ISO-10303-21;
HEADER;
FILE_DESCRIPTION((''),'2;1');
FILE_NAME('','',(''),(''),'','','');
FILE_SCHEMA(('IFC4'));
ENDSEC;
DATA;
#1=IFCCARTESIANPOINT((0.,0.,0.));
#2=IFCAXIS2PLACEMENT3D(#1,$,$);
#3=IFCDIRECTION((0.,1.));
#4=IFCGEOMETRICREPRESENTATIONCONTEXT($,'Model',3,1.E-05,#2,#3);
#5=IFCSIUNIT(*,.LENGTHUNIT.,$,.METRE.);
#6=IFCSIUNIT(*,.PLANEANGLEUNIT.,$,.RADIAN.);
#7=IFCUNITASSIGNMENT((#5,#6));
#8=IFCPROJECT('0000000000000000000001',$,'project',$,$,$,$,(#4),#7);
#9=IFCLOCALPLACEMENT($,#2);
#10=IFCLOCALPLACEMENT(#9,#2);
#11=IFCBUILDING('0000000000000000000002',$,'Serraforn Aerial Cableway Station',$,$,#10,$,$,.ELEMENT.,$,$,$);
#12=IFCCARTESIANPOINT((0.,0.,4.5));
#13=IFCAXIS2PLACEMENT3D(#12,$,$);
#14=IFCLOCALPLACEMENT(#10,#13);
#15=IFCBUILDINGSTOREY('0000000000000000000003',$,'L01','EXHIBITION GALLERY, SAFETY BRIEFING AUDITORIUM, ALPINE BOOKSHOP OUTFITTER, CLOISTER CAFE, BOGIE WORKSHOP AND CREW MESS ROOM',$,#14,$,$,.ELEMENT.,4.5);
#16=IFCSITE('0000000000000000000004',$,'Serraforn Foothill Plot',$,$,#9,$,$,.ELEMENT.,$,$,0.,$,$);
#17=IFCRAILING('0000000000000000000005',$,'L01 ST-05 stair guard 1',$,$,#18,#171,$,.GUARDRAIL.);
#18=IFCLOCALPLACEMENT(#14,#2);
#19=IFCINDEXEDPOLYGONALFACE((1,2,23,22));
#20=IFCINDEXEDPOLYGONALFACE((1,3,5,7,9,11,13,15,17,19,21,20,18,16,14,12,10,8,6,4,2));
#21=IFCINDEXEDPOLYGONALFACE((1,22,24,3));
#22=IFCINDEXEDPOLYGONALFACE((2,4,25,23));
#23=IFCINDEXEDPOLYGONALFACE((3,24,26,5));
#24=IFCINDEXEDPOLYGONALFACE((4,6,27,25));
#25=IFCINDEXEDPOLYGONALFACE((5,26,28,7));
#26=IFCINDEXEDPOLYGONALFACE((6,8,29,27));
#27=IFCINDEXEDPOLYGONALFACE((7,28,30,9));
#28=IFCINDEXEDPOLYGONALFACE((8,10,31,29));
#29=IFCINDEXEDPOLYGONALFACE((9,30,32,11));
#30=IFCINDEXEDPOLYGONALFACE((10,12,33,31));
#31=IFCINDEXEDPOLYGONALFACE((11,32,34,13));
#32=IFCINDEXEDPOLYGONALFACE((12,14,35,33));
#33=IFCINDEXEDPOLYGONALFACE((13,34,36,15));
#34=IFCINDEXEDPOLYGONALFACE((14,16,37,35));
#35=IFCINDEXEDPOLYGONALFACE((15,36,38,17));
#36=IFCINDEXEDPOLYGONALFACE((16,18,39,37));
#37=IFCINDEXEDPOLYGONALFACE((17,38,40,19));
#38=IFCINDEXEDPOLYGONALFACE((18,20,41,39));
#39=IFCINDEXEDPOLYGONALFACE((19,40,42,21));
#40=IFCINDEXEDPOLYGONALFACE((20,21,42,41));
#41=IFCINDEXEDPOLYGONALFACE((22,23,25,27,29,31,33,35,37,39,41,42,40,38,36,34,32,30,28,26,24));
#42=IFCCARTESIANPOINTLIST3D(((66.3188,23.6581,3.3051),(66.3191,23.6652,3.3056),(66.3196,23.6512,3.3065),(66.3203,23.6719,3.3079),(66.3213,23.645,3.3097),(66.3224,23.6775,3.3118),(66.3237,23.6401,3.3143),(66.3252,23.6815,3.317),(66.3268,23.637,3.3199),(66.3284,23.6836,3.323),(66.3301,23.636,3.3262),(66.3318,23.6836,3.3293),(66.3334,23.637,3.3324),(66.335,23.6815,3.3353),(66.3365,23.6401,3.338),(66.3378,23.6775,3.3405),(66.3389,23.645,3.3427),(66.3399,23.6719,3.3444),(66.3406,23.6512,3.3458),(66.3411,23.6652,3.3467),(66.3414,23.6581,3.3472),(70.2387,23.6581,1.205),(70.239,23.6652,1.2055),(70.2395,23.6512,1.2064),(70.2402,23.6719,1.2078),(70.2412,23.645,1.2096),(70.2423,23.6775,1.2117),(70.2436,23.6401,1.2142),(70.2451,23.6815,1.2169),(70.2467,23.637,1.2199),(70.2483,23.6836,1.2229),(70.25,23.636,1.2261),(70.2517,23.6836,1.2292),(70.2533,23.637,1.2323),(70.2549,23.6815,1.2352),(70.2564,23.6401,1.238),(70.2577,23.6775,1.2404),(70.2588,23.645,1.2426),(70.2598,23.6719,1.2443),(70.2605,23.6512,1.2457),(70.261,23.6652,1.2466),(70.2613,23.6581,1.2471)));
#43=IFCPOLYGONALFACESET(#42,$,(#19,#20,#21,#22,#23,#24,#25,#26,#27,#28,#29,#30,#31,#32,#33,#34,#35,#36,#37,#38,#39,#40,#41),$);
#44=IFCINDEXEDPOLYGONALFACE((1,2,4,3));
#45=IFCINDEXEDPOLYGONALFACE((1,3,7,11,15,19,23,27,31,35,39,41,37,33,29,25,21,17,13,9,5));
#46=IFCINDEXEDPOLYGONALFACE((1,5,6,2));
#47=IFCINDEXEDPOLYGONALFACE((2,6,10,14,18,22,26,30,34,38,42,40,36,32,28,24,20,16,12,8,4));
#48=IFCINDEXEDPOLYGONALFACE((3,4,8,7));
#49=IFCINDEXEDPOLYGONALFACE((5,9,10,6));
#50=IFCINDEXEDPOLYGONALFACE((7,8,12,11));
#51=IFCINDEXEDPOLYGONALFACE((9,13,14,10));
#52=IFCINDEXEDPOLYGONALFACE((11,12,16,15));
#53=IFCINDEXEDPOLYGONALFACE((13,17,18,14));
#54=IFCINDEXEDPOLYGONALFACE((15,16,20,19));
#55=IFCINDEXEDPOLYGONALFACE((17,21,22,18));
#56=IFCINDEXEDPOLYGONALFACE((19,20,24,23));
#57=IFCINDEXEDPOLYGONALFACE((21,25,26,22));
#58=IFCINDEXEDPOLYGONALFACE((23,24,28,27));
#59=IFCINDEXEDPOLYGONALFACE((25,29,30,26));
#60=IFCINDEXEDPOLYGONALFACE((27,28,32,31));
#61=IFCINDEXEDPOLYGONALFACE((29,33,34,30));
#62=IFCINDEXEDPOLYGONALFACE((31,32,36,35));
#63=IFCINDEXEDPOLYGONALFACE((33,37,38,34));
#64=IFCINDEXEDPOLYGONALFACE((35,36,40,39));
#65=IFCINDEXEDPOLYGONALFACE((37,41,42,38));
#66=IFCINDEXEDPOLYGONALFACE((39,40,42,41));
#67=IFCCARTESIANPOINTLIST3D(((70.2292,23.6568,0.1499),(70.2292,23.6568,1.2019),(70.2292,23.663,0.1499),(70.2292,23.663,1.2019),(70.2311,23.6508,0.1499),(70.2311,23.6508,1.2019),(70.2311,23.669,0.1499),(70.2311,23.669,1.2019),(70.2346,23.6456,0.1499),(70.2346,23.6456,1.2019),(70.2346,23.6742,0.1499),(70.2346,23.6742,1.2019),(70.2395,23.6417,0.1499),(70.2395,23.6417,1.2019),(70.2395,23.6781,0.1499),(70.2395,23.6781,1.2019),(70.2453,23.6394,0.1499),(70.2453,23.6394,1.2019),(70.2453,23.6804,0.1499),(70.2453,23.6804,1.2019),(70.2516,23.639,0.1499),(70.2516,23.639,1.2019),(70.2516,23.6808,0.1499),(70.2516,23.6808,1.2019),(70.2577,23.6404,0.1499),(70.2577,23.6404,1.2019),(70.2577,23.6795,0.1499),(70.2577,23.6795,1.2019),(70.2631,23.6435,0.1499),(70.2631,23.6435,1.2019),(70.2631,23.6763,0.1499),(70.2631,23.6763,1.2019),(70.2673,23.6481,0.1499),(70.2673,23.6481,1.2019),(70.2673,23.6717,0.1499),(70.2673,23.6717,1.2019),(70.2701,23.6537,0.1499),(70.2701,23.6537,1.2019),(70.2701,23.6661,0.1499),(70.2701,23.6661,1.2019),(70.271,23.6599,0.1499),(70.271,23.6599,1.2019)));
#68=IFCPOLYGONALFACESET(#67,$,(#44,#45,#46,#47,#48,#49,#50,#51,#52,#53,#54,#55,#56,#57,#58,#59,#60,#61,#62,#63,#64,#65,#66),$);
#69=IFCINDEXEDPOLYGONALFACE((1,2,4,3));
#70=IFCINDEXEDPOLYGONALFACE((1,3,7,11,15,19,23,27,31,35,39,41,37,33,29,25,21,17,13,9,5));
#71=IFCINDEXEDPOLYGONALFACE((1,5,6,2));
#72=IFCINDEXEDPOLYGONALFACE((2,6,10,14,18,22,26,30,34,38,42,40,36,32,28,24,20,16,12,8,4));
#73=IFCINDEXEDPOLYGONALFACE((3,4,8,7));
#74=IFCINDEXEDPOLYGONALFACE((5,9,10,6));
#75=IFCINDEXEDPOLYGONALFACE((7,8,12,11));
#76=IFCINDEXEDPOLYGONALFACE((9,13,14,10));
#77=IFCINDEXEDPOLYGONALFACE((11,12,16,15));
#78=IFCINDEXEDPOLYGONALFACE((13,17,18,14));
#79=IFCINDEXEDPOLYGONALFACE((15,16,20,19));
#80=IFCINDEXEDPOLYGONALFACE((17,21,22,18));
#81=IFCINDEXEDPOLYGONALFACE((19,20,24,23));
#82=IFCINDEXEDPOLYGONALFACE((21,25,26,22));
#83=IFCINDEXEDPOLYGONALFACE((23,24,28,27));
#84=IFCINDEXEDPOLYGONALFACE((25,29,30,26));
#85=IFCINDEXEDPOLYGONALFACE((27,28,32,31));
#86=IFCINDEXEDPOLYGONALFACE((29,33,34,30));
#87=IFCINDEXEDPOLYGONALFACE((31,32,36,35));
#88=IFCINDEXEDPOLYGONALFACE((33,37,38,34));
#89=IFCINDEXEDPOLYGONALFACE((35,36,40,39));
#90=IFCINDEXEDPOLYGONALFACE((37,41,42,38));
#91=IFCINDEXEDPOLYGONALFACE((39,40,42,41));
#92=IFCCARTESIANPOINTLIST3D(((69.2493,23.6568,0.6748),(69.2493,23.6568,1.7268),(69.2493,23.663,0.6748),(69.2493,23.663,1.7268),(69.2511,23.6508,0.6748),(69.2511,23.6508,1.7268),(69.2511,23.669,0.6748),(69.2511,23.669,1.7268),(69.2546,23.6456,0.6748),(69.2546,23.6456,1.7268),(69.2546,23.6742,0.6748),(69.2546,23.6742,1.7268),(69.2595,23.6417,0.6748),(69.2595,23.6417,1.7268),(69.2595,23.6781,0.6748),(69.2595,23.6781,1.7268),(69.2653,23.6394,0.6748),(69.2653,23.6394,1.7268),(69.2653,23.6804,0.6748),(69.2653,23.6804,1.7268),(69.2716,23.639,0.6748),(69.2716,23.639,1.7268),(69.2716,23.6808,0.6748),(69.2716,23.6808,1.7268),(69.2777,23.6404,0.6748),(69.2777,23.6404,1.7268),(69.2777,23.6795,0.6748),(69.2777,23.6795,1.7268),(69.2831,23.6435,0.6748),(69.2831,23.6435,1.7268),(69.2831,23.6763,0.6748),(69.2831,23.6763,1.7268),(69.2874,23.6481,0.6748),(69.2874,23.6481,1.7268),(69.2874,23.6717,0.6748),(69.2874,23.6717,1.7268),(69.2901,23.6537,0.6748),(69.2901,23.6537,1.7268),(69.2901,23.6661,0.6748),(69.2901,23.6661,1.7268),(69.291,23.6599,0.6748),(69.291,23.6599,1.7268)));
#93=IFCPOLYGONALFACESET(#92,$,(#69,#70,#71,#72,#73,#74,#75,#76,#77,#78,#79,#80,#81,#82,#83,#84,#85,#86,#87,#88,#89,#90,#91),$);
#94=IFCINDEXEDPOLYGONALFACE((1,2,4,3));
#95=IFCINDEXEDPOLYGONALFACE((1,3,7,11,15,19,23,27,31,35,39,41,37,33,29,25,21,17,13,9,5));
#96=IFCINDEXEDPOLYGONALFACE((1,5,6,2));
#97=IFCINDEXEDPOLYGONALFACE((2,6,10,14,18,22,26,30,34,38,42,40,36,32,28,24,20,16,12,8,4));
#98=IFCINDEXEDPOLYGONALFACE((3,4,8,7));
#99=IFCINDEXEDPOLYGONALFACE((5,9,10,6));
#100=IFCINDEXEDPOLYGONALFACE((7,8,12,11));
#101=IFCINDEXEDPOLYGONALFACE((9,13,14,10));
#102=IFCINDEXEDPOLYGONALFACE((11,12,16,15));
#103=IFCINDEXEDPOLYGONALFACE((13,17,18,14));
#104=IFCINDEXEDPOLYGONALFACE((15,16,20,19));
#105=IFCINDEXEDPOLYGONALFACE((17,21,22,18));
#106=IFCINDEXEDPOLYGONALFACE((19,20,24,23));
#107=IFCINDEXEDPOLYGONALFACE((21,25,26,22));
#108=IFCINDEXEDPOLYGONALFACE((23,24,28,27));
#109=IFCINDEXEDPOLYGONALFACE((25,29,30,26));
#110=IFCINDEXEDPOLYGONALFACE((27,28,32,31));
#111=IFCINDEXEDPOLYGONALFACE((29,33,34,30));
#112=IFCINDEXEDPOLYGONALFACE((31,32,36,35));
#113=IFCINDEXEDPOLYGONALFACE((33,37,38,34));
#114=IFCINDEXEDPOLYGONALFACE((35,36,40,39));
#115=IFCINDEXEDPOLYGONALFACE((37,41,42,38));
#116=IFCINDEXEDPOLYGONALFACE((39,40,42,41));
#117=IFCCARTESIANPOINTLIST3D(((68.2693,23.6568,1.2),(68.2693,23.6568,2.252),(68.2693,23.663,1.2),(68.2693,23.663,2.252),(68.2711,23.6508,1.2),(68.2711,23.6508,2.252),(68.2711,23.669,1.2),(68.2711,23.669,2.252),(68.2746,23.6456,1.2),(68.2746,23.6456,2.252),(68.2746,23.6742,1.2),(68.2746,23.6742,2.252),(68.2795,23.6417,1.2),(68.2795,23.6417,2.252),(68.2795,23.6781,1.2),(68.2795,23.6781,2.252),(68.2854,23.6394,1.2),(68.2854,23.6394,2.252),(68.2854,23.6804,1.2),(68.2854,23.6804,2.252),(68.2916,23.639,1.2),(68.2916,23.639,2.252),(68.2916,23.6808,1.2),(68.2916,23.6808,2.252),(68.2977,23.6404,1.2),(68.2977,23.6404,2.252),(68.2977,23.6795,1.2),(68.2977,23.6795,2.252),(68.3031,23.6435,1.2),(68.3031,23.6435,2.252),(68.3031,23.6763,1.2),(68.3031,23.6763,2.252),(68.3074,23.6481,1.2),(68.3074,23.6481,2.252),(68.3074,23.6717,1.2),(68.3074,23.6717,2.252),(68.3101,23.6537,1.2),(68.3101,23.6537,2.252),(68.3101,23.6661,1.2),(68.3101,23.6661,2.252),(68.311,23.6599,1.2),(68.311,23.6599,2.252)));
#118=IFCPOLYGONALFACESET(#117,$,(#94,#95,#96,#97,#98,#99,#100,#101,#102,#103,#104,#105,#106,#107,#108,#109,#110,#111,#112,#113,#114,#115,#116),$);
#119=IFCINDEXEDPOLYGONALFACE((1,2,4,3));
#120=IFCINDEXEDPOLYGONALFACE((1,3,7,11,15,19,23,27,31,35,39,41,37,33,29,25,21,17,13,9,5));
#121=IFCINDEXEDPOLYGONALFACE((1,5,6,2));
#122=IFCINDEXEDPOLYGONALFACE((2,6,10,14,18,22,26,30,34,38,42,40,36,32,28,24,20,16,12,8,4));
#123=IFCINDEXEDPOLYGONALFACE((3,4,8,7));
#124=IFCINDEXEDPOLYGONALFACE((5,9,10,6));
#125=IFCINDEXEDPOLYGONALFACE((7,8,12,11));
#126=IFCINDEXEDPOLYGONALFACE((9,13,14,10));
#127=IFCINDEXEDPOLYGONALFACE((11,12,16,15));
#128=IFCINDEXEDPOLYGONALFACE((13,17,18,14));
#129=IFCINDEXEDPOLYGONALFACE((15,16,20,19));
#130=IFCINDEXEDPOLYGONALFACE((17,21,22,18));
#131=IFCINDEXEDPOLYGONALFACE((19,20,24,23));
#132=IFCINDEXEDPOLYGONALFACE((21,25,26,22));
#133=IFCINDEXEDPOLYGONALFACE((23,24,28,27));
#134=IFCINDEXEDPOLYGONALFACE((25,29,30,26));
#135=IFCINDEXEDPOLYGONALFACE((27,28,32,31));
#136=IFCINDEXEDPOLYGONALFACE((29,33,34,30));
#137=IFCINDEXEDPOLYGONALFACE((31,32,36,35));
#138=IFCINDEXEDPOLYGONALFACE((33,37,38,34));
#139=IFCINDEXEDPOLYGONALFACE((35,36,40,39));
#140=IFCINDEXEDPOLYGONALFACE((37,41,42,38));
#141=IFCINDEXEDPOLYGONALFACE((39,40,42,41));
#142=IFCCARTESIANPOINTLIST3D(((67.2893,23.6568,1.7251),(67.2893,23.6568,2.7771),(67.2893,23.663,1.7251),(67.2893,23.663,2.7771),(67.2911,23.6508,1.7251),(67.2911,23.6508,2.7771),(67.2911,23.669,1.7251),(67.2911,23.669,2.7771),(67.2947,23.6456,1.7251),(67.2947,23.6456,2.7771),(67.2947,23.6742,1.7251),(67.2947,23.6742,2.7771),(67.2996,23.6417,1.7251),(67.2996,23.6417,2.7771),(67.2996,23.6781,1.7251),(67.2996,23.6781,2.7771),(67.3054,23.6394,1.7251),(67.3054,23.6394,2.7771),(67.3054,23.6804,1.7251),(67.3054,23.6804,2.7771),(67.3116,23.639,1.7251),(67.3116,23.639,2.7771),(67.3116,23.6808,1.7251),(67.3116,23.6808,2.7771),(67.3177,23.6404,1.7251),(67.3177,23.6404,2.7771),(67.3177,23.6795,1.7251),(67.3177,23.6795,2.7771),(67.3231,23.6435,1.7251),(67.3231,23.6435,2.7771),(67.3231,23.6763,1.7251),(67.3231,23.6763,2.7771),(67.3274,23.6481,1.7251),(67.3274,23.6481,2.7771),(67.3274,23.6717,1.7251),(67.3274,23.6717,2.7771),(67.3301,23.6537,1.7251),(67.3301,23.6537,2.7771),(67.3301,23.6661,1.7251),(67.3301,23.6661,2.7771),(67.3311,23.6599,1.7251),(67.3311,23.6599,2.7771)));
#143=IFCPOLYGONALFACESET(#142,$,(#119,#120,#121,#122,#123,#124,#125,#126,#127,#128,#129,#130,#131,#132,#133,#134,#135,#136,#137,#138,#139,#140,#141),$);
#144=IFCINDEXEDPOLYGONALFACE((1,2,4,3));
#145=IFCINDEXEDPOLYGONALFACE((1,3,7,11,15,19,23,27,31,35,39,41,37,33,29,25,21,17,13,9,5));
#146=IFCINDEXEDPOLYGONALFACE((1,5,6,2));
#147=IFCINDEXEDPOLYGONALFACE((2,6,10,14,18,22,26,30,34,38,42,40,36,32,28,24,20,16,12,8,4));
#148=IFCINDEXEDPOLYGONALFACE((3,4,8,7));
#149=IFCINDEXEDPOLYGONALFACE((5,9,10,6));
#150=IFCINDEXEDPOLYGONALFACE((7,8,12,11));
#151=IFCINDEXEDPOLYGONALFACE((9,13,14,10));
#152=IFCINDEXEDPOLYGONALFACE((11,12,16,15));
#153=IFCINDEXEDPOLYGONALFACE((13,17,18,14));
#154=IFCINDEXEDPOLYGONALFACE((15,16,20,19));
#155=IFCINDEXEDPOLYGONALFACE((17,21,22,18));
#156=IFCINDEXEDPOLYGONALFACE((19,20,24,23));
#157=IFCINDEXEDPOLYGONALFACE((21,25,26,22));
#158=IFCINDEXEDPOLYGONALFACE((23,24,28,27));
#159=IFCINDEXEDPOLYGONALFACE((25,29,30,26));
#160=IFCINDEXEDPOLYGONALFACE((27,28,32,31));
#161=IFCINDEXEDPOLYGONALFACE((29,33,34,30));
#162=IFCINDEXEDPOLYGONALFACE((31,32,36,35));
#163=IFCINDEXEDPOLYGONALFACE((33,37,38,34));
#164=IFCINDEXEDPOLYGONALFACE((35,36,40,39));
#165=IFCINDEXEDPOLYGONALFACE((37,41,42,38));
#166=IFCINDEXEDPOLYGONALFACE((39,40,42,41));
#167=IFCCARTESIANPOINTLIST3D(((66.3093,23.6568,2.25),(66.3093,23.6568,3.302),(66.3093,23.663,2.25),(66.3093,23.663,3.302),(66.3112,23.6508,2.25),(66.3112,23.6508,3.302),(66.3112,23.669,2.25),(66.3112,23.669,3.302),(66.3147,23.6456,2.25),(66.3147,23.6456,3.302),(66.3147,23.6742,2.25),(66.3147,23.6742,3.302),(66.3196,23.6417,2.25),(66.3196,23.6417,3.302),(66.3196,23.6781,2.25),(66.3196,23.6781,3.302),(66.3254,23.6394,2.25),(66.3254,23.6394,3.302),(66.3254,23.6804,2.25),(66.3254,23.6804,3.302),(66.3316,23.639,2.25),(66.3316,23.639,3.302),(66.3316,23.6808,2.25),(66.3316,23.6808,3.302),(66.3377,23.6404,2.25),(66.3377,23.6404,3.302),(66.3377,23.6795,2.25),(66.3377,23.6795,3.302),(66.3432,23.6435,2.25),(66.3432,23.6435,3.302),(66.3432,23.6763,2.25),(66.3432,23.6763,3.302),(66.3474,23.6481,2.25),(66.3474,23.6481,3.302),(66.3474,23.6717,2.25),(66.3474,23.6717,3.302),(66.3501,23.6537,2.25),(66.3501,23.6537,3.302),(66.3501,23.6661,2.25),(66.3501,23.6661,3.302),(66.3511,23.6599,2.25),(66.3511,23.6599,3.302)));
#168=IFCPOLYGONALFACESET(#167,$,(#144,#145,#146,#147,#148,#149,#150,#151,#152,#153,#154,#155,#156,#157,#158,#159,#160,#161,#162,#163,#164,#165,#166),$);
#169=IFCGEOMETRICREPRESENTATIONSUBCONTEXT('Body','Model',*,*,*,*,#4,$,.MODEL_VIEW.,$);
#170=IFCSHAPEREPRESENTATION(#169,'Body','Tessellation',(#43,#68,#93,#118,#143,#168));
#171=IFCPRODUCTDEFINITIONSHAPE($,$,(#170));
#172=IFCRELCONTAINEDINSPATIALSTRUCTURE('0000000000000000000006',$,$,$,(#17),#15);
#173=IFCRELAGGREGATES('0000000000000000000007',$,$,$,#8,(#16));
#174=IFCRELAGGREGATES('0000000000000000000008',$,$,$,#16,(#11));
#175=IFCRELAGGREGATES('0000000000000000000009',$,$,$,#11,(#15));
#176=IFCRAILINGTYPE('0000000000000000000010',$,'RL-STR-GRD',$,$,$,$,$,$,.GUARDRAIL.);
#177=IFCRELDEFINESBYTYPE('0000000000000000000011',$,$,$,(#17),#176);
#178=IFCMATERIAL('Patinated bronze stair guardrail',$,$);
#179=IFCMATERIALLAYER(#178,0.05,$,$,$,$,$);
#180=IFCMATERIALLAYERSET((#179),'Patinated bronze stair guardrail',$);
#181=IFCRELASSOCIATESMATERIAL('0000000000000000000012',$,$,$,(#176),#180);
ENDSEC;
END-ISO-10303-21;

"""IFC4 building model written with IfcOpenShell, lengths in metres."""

from ifc_helpers import new_model, si_unit, direction, frame, origin, origin_2d, place, context, subcontext, project, spatial, circle, extrude, material, layer, layer_set, type_object, element, save


model = new_model("IFC4")

# Units and contexts
model_context = context("Model", 3, precision=1e-05, world=origin(), true_north=direction((0.0, 1.0)))
body_context = subcontext(model_context, "Body", "Model", "MODEL_VIEW")
ifc_project = project(units=[si_unit("LENGTHUNIT", "METRE"), si_unit("PLANEANGLEUNIT", "RADIAN")], contexts=[model_context])

# Site, building, storey
site_placement = place(None, origin())
site = spatial("IfcSite", under=ifc_project, at=site_placement, Name="Serraforn Foothill Plot", CompositionType="ELEMENT", RefElevation=0.0)
building_placement = place(site_placement, origin())
building = spatial("IfcBuilding", under=site, at=building_placement, Name="Serraforn Aerial Cableway Station", CompositionType="ELEMENT")
storey_placement = place(building_placement, frame((0.0, 0.0, 4.5)))
storey = spatial("IfcBuildingStorey", under=building, at=storey_placement, Name="L01", Description="EXHIBITION GALLERY, SAFETY BRIEFING AUDITORIUM, ALPINE BOOKSHOP OUTFITTER, CLOISTER CAFE, BOGIE WORKSHOP AND CREW MESS ROOM", CompositionType="ELEMENT", Elevation=4.5)

# Railing
ifc_material_1 = material(Name="Patinated bronze stair guardrail")
ifc_layer_1 = layer(ifc_material_1, 0.05)
ifc_layer_set_1 = layer_set([ifc_layer_1], Name="Patinated bronze stair guardrail")
railing_type_1 = type_object("IfcRailingType", Name="RL-STR-GRD", PredefinedType="GUARDRAIL", material=ifc_layer_set_1)
railing_1_placement = place(storey_placement, frame((70.25, 23.6599, 0.1499)))
element("IfcRailing", 1, at=railing_1_placement, inside=storey, type_object=railing_type_1, Name="L01 ST-05 stair guard 1", PredefinedType="GUARDRAIL", context=body_context, shape_type="SweptSolid", body=[
    extrude(circle(Radius=0.0239, at=origin_2d()), frame((0.0, 0.0, 1.0762), z_axis=(-0.881467, 0.0, 0.472246), x_axis=(0.0, -1.0, 0.0)), (0.0, 0.0, 1.0), 4.447),
    extrude(circle(Radius=0.021, at=origin_2d()), origin(), (0.0, 0.0, 1.0), 1.052),
    extrude(circle(Radius=0.021, at=origin_2d()), frame((-0.98, 0.0, 0.5249)), (0.0, 0.0, 1.0), 1.052),
    extrude(circle(Radius=0.021, at=origin_2d()), frame((-1.96, 0.0, 1.05)), (0.0, 0.0, 1.0), 1.052),
    extrude(circle(Radius=0.021, at=origin_2d()), frame((-2.9399, 0.0, 1.5752)), (0.0, 0.0, 1.0), 1.052),
    extrude(circle(Radius=0.021, at=origin_2d()), frame((-3.9199, 0.0, 2.1001)), (0.0, 0.0, 1.0), 1.052),
])

save(model, "model.ifc")
